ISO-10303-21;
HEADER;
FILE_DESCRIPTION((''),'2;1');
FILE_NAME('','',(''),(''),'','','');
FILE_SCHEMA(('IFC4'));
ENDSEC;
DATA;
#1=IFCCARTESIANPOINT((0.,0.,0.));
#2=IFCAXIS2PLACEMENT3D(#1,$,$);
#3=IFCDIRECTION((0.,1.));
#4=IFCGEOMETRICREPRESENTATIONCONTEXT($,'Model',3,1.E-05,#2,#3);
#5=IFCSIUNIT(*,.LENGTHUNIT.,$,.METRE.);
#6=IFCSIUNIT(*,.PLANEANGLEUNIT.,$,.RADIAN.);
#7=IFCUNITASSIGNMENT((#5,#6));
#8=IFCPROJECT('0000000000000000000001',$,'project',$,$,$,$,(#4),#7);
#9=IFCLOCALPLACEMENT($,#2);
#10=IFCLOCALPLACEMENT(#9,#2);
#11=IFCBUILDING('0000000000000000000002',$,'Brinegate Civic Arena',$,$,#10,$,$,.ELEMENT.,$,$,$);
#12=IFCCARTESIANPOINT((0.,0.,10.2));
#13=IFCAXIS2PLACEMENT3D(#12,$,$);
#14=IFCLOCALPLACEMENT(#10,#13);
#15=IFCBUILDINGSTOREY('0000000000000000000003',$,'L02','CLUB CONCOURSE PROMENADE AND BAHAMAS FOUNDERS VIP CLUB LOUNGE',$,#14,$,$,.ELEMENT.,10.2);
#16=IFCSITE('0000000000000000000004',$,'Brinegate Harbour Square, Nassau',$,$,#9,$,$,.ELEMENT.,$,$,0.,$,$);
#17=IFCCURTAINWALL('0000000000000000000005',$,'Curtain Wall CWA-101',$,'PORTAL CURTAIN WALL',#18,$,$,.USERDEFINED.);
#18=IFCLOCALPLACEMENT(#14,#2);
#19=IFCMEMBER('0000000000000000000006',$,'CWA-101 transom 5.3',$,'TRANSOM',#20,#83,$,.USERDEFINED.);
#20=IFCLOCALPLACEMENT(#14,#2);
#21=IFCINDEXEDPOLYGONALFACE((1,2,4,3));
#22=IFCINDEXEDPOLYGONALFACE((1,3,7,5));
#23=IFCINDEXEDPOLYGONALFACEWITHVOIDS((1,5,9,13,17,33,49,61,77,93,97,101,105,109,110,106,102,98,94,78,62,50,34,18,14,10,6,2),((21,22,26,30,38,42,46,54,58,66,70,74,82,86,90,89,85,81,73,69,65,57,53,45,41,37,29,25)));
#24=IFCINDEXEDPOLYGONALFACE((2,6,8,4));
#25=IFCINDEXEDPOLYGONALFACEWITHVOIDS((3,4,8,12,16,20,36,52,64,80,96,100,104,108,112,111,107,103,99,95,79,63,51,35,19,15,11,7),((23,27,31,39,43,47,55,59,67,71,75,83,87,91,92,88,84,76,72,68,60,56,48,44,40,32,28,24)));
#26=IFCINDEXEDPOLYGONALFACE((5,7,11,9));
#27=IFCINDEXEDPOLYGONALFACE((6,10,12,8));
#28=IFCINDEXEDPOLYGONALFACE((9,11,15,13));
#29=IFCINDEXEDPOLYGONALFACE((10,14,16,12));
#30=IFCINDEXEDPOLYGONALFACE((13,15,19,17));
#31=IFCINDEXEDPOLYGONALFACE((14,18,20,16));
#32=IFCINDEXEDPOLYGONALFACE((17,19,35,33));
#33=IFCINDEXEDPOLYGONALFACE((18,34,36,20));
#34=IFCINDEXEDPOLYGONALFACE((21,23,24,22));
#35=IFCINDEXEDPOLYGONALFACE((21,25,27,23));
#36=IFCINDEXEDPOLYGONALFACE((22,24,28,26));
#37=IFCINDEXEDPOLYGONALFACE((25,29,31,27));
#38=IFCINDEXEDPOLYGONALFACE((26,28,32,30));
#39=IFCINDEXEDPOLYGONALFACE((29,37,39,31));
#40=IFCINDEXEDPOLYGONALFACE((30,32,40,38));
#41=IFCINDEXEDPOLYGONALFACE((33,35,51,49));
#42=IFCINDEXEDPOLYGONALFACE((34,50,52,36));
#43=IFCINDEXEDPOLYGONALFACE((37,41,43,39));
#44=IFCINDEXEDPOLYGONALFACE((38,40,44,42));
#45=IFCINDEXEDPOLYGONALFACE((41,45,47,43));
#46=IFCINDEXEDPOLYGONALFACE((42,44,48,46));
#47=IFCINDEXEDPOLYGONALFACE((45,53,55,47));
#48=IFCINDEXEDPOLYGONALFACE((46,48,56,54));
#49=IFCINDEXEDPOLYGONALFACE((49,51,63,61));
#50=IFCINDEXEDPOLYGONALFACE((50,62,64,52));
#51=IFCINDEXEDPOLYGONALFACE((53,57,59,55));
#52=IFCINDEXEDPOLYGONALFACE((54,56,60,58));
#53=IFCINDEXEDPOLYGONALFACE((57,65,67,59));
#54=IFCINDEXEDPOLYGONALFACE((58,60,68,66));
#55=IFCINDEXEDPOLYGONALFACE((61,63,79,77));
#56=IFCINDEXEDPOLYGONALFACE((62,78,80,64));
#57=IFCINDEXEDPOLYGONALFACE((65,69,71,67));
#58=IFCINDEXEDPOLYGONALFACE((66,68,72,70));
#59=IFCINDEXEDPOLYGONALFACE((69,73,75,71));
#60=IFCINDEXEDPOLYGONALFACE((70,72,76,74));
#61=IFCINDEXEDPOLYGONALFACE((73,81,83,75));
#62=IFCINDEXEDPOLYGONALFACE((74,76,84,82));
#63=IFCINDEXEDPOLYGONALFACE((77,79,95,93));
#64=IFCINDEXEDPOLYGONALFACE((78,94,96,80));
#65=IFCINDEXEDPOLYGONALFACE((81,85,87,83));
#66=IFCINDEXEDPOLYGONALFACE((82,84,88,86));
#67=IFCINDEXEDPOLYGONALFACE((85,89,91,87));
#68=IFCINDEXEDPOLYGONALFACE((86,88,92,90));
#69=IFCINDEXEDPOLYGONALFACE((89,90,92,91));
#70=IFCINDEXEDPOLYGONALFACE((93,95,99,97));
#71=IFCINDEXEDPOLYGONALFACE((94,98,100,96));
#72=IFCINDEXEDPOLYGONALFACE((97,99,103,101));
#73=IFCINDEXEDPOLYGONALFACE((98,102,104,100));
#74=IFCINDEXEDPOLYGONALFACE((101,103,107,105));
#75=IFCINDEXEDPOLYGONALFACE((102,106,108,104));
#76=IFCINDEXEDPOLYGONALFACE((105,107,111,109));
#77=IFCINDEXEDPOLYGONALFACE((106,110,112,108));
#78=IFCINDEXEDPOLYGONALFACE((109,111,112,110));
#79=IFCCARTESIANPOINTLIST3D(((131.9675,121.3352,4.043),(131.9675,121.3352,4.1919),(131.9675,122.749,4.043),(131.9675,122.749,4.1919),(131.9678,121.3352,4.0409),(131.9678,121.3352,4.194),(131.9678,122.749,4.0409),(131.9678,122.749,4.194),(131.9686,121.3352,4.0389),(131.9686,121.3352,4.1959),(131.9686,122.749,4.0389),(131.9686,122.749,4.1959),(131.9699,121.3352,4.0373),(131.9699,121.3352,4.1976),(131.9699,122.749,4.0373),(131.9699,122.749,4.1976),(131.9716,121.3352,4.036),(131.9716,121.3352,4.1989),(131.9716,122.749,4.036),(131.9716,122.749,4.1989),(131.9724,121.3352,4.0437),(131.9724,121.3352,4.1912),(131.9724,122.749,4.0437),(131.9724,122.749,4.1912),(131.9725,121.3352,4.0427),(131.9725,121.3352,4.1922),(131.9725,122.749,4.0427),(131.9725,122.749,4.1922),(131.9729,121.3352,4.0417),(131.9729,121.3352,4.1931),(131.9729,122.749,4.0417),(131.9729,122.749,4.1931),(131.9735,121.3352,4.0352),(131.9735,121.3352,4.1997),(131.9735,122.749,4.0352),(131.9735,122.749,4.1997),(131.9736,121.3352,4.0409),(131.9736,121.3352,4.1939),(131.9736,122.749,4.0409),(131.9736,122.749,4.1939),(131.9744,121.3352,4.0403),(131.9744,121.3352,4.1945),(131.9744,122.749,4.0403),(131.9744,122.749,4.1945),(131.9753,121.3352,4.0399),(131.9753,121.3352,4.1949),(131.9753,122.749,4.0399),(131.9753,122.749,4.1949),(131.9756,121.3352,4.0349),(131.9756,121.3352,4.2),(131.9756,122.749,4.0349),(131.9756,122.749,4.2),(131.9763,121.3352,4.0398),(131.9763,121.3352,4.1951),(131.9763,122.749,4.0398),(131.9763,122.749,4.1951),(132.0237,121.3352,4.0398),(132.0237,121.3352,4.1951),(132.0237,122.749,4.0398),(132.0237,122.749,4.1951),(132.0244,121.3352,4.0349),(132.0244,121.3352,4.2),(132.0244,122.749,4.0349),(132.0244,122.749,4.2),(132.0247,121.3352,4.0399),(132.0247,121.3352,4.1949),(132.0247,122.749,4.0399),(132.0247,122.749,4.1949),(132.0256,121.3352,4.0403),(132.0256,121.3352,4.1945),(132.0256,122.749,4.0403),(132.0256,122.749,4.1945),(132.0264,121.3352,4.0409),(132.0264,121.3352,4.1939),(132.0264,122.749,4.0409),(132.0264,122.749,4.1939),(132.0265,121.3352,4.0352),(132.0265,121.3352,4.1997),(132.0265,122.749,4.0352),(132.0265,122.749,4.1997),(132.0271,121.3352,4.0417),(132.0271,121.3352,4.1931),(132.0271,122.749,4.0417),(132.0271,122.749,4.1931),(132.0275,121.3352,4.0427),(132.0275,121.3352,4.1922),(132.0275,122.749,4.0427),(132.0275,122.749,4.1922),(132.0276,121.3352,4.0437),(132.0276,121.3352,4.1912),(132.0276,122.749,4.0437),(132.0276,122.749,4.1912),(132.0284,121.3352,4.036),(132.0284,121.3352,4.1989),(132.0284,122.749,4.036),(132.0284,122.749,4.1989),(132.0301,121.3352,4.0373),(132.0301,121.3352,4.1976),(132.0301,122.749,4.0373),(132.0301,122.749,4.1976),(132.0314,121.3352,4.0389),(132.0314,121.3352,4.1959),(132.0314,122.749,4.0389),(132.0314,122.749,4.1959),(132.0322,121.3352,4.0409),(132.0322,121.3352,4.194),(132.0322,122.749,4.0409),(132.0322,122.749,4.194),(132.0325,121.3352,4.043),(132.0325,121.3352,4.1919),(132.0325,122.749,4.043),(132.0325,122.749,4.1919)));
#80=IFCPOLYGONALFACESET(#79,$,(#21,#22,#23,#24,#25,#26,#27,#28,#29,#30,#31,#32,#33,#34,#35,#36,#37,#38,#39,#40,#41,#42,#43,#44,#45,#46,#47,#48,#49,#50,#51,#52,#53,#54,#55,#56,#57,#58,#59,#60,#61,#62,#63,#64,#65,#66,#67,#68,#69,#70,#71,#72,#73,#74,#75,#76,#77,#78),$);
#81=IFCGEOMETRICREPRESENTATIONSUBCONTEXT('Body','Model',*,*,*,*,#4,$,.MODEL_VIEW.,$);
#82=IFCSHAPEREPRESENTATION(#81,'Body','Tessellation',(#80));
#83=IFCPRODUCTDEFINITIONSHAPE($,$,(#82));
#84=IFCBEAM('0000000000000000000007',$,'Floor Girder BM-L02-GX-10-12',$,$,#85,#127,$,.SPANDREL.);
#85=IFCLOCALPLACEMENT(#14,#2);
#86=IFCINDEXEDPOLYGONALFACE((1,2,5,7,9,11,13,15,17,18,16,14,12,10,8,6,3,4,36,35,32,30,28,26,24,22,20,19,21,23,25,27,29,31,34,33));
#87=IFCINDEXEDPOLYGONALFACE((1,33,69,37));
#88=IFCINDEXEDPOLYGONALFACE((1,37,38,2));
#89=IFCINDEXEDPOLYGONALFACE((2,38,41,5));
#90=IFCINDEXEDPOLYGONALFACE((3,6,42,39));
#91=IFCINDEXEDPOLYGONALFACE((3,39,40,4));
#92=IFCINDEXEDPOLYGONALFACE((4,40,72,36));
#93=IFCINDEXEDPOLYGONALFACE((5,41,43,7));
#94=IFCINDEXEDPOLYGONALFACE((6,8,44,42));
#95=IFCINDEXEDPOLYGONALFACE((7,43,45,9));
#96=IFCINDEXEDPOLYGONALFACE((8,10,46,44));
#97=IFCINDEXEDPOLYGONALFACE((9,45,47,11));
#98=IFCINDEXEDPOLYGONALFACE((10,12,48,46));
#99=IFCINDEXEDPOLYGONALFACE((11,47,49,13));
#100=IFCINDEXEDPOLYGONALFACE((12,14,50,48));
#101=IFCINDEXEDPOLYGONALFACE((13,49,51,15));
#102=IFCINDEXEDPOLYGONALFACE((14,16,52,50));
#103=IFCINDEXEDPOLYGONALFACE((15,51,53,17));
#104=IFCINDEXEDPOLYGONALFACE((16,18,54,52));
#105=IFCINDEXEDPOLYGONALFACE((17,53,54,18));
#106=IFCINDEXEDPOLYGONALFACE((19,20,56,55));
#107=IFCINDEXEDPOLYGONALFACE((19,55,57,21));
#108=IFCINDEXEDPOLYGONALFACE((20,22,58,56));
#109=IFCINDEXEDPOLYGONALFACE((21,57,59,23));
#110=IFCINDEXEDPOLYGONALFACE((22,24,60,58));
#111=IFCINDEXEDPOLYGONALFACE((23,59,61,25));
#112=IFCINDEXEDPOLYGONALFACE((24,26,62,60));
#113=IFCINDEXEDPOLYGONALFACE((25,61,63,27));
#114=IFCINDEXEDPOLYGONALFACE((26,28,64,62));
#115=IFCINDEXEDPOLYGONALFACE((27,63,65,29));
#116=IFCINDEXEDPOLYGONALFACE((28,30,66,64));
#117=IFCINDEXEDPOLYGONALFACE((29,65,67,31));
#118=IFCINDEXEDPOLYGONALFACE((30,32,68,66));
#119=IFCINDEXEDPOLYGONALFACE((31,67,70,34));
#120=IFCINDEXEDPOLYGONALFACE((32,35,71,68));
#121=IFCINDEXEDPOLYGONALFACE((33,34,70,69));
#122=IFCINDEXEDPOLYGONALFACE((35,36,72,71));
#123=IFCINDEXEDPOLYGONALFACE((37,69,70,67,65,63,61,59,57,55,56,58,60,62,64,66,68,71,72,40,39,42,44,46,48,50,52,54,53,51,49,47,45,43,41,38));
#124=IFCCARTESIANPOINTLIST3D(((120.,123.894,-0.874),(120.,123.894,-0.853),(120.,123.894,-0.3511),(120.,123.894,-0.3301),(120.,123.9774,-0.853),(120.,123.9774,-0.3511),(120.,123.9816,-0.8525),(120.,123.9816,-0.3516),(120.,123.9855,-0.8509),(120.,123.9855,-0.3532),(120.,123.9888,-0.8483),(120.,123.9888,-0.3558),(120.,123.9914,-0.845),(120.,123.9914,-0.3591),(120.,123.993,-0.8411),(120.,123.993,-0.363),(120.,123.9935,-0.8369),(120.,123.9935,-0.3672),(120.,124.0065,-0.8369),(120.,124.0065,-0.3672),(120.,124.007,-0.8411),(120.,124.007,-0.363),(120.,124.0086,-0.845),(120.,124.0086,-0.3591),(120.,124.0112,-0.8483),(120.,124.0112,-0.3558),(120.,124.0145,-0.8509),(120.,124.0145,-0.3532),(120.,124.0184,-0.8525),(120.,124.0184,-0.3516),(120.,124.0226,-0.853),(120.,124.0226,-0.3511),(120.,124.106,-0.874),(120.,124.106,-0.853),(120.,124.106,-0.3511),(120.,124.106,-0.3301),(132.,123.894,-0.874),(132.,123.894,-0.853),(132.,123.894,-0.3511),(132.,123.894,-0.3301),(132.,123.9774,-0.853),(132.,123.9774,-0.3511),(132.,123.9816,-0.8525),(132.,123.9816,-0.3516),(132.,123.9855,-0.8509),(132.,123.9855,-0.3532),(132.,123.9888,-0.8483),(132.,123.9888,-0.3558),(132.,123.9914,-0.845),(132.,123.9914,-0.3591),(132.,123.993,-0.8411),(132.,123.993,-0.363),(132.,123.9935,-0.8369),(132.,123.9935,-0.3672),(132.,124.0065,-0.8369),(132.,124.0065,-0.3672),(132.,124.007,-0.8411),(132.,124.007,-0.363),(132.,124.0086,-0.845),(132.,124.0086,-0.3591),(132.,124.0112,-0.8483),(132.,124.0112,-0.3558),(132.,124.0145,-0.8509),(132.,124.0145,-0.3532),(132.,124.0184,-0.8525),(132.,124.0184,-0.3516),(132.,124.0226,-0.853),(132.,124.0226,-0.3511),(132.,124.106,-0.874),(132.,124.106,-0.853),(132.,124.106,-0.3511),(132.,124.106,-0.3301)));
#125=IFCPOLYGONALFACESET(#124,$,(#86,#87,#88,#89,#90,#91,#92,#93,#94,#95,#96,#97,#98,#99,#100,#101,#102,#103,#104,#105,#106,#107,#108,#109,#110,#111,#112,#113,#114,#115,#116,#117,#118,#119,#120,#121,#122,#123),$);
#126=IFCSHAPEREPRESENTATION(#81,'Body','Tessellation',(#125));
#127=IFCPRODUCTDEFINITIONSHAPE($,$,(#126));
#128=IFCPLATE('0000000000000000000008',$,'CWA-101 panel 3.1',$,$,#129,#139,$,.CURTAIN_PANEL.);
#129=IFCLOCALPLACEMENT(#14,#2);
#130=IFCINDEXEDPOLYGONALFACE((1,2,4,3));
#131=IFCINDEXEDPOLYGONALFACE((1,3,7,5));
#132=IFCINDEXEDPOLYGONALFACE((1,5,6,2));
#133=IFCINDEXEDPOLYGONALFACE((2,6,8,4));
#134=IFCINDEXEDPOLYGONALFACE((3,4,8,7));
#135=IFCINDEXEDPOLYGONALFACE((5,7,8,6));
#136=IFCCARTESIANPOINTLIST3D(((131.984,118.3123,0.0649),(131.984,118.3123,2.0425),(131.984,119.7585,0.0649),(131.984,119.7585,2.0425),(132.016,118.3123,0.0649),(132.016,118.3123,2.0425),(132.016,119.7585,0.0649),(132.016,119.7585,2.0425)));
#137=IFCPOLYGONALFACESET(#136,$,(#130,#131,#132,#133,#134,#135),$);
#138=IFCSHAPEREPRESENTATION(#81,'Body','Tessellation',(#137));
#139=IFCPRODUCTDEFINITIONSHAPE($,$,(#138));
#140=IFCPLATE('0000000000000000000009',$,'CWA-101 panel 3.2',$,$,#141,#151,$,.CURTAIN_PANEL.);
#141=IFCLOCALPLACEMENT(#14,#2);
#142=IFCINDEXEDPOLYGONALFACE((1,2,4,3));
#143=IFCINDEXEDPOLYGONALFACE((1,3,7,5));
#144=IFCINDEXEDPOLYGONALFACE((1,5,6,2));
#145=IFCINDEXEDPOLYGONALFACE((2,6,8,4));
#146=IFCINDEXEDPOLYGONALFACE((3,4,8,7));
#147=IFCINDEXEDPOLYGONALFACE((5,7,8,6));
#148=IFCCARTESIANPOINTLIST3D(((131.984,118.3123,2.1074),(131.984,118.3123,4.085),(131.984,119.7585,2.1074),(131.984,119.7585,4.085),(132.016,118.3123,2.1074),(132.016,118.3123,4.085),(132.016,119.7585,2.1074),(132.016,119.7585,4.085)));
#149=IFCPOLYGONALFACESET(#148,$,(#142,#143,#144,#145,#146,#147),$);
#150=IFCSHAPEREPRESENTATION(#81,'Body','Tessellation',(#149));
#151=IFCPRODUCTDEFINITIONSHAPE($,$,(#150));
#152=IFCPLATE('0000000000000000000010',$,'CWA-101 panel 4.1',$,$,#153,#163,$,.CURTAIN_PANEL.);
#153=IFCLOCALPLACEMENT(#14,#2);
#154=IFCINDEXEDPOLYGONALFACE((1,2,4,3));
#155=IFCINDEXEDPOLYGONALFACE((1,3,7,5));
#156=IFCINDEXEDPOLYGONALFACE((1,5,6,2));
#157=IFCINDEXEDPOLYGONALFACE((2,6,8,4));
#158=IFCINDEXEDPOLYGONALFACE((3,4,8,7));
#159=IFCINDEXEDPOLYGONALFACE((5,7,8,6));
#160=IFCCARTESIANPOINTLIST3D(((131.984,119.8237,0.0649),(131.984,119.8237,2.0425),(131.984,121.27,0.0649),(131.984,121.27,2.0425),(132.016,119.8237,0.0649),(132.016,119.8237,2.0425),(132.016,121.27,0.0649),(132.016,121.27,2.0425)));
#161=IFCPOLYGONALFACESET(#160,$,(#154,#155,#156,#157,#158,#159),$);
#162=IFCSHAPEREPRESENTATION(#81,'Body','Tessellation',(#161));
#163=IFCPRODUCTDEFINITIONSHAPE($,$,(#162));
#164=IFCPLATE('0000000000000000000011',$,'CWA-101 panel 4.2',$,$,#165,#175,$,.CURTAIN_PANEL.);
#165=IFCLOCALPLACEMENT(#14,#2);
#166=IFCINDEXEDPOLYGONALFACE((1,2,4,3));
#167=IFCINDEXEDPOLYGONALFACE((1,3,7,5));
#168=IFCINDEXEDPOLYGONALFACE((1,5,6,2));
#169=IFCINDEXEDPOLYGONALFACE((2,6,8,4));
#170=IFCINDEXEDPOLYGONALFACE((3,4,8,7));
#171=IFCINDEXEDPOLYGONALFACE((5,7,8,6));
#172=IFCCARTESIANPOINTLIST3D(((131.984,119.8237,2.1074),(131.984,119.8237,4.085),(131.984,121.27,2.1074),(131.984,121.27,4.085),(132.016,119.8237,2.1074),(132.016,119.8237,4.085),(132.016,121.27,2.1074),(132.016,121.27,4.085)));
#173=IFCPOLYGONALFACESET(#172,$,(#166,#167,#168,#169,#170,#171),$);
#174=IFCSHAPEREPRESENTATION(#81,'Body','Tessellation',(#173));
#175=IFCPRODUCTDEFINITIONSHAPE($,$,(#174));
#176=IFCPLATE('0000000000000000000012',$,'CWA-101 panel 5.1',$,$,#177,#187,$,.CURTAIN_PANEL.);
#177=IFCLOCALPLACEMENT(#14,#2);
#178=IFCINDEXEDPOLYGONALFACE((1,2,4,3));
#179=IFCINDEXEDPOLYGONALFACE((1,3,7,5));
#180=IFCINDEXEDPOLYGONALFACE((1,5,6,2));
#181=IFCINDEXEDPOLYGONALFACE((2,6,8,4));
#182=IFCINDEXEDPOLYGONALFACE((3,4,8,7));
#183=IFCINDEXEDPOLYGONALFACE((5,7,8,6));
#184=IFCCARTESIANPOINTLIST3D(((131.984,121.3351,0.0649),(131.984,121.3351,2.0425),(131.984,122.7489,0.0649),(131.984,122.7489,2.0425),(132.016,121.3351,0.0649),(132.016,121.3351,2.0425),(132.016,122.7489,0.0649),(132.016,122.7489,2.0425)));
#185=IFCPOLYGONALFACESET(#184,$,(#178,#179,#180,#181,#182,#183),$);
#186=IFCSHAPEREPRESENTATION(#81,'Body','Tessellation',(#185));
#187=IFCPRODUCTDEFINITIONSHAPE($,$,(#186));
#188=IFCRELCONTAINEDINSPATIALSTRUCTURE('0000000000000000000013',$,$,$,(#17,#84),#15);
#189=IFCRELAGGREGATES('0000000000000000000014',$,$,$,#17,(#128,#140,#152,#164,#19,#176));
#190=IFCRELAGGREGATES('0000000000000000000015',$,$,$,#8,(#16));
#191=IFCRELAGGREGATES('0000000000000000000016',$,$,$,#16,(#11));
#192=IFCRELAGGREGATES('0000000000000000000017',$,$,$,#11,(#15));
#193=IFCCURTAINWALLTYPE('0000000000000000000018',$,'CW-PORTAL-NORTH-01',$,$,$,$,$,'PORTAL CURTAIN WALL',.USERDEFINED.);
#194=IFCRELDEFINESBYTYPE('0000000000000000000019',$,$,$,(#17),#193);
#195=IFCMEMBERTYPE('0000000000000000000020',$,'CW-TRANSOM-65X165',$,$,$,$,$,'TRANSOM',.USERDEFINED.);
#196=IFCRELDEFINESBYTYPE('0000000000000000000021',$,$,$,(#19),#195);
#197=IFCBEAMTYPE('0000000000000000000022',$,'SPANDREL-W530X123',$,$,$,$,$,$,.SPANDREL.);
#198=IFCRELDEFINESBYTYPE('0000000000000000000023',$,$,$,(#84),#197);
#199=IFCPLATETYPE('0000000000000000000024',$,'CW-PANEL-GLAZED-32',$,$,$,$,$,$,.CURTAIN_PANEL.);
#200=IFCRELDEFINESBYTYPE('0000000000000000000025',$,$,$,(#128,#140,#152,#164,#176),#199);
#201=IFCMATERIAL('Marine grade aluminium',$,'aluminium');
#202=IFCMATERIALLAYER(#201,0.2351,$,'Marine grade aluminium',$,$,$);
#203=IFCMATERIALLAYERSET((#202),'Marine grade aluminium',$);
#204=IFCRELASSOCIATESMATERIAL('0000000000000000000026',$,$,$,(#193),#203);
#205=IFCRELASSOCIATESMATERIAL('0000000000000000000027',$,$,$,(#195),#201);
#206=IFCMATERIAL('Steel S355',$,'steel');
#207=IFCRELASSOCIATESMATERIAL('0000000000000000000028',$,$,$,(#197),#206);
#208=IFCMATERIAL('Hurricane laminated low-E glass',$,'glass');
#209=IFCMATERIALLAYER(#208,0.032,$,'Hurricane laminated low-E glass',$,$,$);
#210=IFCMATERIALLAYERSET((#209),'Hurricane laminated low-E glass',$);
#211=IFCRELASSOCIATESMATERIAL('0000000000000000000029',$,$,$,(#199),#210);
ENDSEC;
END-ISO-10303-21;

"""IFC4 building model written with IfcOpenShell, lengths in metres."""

from ifc_helpers import new_model, si_unit, direction, frame, origin, origin_2d, place, context, subcontext, project, spatial, rectangle, hollow_rectangle, i_section, extrude, material, layer, layer_set, material_profile, profile_set, type_object, element, aggregate, save


model = new_model("IFC4")

# Units and contexts
model_context = context("Model", 3, precision=1e-05, world=origin(), true_north=direction((0.0, 1.0)))
body_context = subcontext(model_context, "Body", "Model", "MODEL_VIEW")
ifc_project = project(units=[si_unit("LENGTHUNIT", "METRE"), si_unit("PLANEANGLEUNIT", "RADIAN")], contexts=[model_context])

# Site, building, storey
site_placement = place(None, origin())
site = spatial("IfcSite", under=ifc_project, at=site_placement, Name="Brinegate Harbour Square, Nassau", CompositionType="ELEMENT", RefElevation=0.0)
building_placement = place(site_placement, origin())
building = spatial("IfcBuilding", under=site, at=building_placement, Name="Brinegate Civic Arena", CompositionType="ELEMENT")
storey_placement = place(building_placement, frame((0.0, 0.0, 10.2)))
storey = spatial("IfcBuildingStorey", under=building, at=storey_placement, Name="L02", Description="CLUB CONCOURSE PROMENADE AND BAHAMAS FOUNDERS VIP CLUB LOUNGE", CompositionType="ELEMENT", Elevation=10.2)

# Curtain wall, member
ifc_material_1 = material(Name="Marine grade aluminium", Category="aluminium")
ifc_layer_1 = layer(ifc_material_1, 0.2351, Name="Marine grade aluminium")
ifc_layer_set_1 = layer_set([ifc_layer_1], Name="Marine grade aluminium")
curtain_wall_type = type_object("IfcCurtainWallType", Name="CW-PORTAL-NORTH-01", ElementType="PORTAL CURTAIN WALL", PredefinedType="USERDEFINED", material=ifc_layer_set_1)
curtain_wall_placement = place(storey_placement, origin())
curtain_wall = element("IfcCurtainWall", 1, at=curtain_wall_placement, inside=storey, type_object=curtain_wall_type, Name="Curtain Wall CWA-101", ObjectType="PORTAL CURTAIN WALL", PredefinedType="USERDEFINED")
ifc_material_profile_1 = material_profile(ifc_material_1, hollow_rectangle(XDim=0.0649, YDim=0.165, WallThickness=0.0049, InnerFilletRadius=0.0039, OuterFilletRadius=0.0081, at=origin_2d()), Name="TRN65X165")
ifc_profile_set_1 = profile_set([ifc_material_profile_1], Name="Marine grade aluminium")
member_type_1 = type_object("IfcMemberType", Name="CW-TRANSOM-65X165", ElementType="TRANSOM", PredefinedType="USERDEFINED", material=ifc_profile_set_1)
member_1_placement = place(storey_placement, frame((132.0, 121.3352, 4.1174), z_axis=(0.0, 1.0, 0.0), x_axis=(-1.0, 0.0, 0.0)))
member_1 = element("IfcMember", 2, at=member_1_placement, type_object=member_type_1, Name="CWA-101 transom 5.3", ObjectType="TRANSOM", PredefinedType="USERDEFINED", context=body_context, shape_type="SweptSolid", body=[
    extrude(hollow_rectangle(XDim=0.0649, YDim=0.165, WallThickness=0.0049, InnerFilletRadius=0.0039, OuterFilletRadius=0.0081, at=origin_2d()), origin(), (0.0, 0.0, 1.0), 1.4138),
])

# Beam
ifc_material_2 = material(Name="Steel S355", Category="steel")
ifc_material_profile_2 = material_profile(ifc_material_2, i_section(OverallWidth=0.2119, OverallDepth=0.5439, WebThickness=0.0129, FlangeThickness=0.021, FilletRadius=0.0161, at=origin_2d()), Name="W530X123")
ifc_profile_set_2 = profile_set([ifc_material_profile_2], Name="Steel S355")
beam_type = type_object("IfcBeamType", Name="SPANDREL-W530X123", PredefinedType="SPANDREL", material=ifc_profile_set_2)
beam_placement = place(storey_placement, frame((120.0, 124.0, -0.6021), z_axis=(1.0, 0.0, 0.0), x_axis=(0.0, 1.0, 0.0)))
element("IfcBeam", 3, at=beam_placement, inside=storey, type_object=beam_type, Name="Floor Girder BM-L02-GX-10-12", PredefinedType="SPANDREL", context=body_context, shape_type="SweptSolid", body=[
    extrude(i_section(OverallWidth=0.2119, OverallDepth=0.5439, WebThickness=0.0129, FlangeThickness=0.021, FilletRadius=0.0161, at=origin_2d()), origin(), (0.0, 0.0, 1.0), 12.0),
])

# Plates
ifc_material_3 = material(Name="Hurricane laminated low-E glass", Category="glass")
ifc_layer_2 = layer(ifc_material_3, 0.032, Name="Hurricane laminated low-E glass")
ifc_layer_set_2 = layer_set([ifc_layer_2], Name="Hurricane laminated low-E glass")
plate_type = type_object("IfcPlateType", Name="CW-PANEL-GLAZED-32", PredefinedType="CURTAIN_PANEL", material=ifc_layer_set_2)
plate_1_placement = place(storey_placement, frame((132.0, 119.0354, 0.0649), z_axis=(0.0, 0.0, 1.0), x_axis=(0.0, 1.0, 0.0)))
plate_1 = element("IfcPlate", 4, at=plate_1_placement, type_object=plate_type, Name="CWA-101 panel 3.1", PredefinedType="CURTAIN_PANEL", context=body_context, shape_type="SweptSolid", body=[
    extrude(rectangle(XDim=1.4463, YDim=0.032, at=origin_2d()), origin(), (0.0, 0.0, 1.0), 1.9775),
])
plate_2_placement = place(storey_placement, frame((132.0, 119.0354, 2.1074), z_axis=(0.0, 0.0, 1.0), x_axis=(0.0, 1.0, 0.0)))
plate_2 = element("IfcPlate", 5, at=plate_2_placement, type_object=plate_type, Name="CWA-101 panel 3.2", PredefinedType="CURTAIN_PANEL", context=body_context, shape_type="SweptSolid", body=[
    extrude(rectangle(XDim=1.4463, YDim=0.032, at=origin_2d()), origin(), (0.0, 0.0, 1.0), 1.9775),
])
plate_3_placement = place(storey_placement, frame((132.0, 120.5469, 0.0649), z_axis=(0.0, 0.0, 1.0), x_axis=(0.0, 1.0, 0.0)))
plate_3 = element("IfcPlate", 6, at=plate_3_placement, type_object=plate_type, Name="CWA-101 panel 4.1", PredefinedType="CURTAIN_PANEL", context=body_context, shape_type="SweptSolid", body=[
    extrude(rectangle(XDim=1.4463, YDim=0.032, at=origin_2d()), origin(), (0.0, 0.0, 1.0), 1.9775),
])
plate_4_placement = place(storey_placement, frame((132.0, 120.5469, 2.1074), z_axis=(0.0, 0.0, 1.0), x_axis=(0.0, 1.0, 0.0)))
plate_4 = element("IfcPlate", 7, at=plate_4_placement, type_object=plate_type, Name="CWA-101 panel 4.2", PredefinedType="CURTAIN_PANEL", context=body_context, shape_type="SweptSolid", body=[
    extrude(rectangle(XDim=1.4463, YDim=0.032, at=origin_2d()), origin(), (0.0, 0.0, 1.0), 1.9775),
])
plate_5_placement = place(storey_placement, frame((132.0, 122.042, 0.0649), z_axis=(0.0, 0.0, 1.0), x_axis=(0.0, 1.0, 0.0)))
plate_5 = element("IfcPlate", 8, at=plate_5_placement, type_object=plate_type, Name="CWA-101 panel 5.1", PredefinedType="CURTAIN_PANEL", context=body_context, shape_type="SweptSolid", body=[
    extrude(rectangle(XDim=1.4138, YDim=0.032, at=origin_2d()), origin(), (0.0, 0.0, 1.0), 1.9775),
])
aggregate(curtain_wall, [plate_1, plate_2, plate_3, plate_4, member_1, plate_5])

save(model, "model.ifc")
